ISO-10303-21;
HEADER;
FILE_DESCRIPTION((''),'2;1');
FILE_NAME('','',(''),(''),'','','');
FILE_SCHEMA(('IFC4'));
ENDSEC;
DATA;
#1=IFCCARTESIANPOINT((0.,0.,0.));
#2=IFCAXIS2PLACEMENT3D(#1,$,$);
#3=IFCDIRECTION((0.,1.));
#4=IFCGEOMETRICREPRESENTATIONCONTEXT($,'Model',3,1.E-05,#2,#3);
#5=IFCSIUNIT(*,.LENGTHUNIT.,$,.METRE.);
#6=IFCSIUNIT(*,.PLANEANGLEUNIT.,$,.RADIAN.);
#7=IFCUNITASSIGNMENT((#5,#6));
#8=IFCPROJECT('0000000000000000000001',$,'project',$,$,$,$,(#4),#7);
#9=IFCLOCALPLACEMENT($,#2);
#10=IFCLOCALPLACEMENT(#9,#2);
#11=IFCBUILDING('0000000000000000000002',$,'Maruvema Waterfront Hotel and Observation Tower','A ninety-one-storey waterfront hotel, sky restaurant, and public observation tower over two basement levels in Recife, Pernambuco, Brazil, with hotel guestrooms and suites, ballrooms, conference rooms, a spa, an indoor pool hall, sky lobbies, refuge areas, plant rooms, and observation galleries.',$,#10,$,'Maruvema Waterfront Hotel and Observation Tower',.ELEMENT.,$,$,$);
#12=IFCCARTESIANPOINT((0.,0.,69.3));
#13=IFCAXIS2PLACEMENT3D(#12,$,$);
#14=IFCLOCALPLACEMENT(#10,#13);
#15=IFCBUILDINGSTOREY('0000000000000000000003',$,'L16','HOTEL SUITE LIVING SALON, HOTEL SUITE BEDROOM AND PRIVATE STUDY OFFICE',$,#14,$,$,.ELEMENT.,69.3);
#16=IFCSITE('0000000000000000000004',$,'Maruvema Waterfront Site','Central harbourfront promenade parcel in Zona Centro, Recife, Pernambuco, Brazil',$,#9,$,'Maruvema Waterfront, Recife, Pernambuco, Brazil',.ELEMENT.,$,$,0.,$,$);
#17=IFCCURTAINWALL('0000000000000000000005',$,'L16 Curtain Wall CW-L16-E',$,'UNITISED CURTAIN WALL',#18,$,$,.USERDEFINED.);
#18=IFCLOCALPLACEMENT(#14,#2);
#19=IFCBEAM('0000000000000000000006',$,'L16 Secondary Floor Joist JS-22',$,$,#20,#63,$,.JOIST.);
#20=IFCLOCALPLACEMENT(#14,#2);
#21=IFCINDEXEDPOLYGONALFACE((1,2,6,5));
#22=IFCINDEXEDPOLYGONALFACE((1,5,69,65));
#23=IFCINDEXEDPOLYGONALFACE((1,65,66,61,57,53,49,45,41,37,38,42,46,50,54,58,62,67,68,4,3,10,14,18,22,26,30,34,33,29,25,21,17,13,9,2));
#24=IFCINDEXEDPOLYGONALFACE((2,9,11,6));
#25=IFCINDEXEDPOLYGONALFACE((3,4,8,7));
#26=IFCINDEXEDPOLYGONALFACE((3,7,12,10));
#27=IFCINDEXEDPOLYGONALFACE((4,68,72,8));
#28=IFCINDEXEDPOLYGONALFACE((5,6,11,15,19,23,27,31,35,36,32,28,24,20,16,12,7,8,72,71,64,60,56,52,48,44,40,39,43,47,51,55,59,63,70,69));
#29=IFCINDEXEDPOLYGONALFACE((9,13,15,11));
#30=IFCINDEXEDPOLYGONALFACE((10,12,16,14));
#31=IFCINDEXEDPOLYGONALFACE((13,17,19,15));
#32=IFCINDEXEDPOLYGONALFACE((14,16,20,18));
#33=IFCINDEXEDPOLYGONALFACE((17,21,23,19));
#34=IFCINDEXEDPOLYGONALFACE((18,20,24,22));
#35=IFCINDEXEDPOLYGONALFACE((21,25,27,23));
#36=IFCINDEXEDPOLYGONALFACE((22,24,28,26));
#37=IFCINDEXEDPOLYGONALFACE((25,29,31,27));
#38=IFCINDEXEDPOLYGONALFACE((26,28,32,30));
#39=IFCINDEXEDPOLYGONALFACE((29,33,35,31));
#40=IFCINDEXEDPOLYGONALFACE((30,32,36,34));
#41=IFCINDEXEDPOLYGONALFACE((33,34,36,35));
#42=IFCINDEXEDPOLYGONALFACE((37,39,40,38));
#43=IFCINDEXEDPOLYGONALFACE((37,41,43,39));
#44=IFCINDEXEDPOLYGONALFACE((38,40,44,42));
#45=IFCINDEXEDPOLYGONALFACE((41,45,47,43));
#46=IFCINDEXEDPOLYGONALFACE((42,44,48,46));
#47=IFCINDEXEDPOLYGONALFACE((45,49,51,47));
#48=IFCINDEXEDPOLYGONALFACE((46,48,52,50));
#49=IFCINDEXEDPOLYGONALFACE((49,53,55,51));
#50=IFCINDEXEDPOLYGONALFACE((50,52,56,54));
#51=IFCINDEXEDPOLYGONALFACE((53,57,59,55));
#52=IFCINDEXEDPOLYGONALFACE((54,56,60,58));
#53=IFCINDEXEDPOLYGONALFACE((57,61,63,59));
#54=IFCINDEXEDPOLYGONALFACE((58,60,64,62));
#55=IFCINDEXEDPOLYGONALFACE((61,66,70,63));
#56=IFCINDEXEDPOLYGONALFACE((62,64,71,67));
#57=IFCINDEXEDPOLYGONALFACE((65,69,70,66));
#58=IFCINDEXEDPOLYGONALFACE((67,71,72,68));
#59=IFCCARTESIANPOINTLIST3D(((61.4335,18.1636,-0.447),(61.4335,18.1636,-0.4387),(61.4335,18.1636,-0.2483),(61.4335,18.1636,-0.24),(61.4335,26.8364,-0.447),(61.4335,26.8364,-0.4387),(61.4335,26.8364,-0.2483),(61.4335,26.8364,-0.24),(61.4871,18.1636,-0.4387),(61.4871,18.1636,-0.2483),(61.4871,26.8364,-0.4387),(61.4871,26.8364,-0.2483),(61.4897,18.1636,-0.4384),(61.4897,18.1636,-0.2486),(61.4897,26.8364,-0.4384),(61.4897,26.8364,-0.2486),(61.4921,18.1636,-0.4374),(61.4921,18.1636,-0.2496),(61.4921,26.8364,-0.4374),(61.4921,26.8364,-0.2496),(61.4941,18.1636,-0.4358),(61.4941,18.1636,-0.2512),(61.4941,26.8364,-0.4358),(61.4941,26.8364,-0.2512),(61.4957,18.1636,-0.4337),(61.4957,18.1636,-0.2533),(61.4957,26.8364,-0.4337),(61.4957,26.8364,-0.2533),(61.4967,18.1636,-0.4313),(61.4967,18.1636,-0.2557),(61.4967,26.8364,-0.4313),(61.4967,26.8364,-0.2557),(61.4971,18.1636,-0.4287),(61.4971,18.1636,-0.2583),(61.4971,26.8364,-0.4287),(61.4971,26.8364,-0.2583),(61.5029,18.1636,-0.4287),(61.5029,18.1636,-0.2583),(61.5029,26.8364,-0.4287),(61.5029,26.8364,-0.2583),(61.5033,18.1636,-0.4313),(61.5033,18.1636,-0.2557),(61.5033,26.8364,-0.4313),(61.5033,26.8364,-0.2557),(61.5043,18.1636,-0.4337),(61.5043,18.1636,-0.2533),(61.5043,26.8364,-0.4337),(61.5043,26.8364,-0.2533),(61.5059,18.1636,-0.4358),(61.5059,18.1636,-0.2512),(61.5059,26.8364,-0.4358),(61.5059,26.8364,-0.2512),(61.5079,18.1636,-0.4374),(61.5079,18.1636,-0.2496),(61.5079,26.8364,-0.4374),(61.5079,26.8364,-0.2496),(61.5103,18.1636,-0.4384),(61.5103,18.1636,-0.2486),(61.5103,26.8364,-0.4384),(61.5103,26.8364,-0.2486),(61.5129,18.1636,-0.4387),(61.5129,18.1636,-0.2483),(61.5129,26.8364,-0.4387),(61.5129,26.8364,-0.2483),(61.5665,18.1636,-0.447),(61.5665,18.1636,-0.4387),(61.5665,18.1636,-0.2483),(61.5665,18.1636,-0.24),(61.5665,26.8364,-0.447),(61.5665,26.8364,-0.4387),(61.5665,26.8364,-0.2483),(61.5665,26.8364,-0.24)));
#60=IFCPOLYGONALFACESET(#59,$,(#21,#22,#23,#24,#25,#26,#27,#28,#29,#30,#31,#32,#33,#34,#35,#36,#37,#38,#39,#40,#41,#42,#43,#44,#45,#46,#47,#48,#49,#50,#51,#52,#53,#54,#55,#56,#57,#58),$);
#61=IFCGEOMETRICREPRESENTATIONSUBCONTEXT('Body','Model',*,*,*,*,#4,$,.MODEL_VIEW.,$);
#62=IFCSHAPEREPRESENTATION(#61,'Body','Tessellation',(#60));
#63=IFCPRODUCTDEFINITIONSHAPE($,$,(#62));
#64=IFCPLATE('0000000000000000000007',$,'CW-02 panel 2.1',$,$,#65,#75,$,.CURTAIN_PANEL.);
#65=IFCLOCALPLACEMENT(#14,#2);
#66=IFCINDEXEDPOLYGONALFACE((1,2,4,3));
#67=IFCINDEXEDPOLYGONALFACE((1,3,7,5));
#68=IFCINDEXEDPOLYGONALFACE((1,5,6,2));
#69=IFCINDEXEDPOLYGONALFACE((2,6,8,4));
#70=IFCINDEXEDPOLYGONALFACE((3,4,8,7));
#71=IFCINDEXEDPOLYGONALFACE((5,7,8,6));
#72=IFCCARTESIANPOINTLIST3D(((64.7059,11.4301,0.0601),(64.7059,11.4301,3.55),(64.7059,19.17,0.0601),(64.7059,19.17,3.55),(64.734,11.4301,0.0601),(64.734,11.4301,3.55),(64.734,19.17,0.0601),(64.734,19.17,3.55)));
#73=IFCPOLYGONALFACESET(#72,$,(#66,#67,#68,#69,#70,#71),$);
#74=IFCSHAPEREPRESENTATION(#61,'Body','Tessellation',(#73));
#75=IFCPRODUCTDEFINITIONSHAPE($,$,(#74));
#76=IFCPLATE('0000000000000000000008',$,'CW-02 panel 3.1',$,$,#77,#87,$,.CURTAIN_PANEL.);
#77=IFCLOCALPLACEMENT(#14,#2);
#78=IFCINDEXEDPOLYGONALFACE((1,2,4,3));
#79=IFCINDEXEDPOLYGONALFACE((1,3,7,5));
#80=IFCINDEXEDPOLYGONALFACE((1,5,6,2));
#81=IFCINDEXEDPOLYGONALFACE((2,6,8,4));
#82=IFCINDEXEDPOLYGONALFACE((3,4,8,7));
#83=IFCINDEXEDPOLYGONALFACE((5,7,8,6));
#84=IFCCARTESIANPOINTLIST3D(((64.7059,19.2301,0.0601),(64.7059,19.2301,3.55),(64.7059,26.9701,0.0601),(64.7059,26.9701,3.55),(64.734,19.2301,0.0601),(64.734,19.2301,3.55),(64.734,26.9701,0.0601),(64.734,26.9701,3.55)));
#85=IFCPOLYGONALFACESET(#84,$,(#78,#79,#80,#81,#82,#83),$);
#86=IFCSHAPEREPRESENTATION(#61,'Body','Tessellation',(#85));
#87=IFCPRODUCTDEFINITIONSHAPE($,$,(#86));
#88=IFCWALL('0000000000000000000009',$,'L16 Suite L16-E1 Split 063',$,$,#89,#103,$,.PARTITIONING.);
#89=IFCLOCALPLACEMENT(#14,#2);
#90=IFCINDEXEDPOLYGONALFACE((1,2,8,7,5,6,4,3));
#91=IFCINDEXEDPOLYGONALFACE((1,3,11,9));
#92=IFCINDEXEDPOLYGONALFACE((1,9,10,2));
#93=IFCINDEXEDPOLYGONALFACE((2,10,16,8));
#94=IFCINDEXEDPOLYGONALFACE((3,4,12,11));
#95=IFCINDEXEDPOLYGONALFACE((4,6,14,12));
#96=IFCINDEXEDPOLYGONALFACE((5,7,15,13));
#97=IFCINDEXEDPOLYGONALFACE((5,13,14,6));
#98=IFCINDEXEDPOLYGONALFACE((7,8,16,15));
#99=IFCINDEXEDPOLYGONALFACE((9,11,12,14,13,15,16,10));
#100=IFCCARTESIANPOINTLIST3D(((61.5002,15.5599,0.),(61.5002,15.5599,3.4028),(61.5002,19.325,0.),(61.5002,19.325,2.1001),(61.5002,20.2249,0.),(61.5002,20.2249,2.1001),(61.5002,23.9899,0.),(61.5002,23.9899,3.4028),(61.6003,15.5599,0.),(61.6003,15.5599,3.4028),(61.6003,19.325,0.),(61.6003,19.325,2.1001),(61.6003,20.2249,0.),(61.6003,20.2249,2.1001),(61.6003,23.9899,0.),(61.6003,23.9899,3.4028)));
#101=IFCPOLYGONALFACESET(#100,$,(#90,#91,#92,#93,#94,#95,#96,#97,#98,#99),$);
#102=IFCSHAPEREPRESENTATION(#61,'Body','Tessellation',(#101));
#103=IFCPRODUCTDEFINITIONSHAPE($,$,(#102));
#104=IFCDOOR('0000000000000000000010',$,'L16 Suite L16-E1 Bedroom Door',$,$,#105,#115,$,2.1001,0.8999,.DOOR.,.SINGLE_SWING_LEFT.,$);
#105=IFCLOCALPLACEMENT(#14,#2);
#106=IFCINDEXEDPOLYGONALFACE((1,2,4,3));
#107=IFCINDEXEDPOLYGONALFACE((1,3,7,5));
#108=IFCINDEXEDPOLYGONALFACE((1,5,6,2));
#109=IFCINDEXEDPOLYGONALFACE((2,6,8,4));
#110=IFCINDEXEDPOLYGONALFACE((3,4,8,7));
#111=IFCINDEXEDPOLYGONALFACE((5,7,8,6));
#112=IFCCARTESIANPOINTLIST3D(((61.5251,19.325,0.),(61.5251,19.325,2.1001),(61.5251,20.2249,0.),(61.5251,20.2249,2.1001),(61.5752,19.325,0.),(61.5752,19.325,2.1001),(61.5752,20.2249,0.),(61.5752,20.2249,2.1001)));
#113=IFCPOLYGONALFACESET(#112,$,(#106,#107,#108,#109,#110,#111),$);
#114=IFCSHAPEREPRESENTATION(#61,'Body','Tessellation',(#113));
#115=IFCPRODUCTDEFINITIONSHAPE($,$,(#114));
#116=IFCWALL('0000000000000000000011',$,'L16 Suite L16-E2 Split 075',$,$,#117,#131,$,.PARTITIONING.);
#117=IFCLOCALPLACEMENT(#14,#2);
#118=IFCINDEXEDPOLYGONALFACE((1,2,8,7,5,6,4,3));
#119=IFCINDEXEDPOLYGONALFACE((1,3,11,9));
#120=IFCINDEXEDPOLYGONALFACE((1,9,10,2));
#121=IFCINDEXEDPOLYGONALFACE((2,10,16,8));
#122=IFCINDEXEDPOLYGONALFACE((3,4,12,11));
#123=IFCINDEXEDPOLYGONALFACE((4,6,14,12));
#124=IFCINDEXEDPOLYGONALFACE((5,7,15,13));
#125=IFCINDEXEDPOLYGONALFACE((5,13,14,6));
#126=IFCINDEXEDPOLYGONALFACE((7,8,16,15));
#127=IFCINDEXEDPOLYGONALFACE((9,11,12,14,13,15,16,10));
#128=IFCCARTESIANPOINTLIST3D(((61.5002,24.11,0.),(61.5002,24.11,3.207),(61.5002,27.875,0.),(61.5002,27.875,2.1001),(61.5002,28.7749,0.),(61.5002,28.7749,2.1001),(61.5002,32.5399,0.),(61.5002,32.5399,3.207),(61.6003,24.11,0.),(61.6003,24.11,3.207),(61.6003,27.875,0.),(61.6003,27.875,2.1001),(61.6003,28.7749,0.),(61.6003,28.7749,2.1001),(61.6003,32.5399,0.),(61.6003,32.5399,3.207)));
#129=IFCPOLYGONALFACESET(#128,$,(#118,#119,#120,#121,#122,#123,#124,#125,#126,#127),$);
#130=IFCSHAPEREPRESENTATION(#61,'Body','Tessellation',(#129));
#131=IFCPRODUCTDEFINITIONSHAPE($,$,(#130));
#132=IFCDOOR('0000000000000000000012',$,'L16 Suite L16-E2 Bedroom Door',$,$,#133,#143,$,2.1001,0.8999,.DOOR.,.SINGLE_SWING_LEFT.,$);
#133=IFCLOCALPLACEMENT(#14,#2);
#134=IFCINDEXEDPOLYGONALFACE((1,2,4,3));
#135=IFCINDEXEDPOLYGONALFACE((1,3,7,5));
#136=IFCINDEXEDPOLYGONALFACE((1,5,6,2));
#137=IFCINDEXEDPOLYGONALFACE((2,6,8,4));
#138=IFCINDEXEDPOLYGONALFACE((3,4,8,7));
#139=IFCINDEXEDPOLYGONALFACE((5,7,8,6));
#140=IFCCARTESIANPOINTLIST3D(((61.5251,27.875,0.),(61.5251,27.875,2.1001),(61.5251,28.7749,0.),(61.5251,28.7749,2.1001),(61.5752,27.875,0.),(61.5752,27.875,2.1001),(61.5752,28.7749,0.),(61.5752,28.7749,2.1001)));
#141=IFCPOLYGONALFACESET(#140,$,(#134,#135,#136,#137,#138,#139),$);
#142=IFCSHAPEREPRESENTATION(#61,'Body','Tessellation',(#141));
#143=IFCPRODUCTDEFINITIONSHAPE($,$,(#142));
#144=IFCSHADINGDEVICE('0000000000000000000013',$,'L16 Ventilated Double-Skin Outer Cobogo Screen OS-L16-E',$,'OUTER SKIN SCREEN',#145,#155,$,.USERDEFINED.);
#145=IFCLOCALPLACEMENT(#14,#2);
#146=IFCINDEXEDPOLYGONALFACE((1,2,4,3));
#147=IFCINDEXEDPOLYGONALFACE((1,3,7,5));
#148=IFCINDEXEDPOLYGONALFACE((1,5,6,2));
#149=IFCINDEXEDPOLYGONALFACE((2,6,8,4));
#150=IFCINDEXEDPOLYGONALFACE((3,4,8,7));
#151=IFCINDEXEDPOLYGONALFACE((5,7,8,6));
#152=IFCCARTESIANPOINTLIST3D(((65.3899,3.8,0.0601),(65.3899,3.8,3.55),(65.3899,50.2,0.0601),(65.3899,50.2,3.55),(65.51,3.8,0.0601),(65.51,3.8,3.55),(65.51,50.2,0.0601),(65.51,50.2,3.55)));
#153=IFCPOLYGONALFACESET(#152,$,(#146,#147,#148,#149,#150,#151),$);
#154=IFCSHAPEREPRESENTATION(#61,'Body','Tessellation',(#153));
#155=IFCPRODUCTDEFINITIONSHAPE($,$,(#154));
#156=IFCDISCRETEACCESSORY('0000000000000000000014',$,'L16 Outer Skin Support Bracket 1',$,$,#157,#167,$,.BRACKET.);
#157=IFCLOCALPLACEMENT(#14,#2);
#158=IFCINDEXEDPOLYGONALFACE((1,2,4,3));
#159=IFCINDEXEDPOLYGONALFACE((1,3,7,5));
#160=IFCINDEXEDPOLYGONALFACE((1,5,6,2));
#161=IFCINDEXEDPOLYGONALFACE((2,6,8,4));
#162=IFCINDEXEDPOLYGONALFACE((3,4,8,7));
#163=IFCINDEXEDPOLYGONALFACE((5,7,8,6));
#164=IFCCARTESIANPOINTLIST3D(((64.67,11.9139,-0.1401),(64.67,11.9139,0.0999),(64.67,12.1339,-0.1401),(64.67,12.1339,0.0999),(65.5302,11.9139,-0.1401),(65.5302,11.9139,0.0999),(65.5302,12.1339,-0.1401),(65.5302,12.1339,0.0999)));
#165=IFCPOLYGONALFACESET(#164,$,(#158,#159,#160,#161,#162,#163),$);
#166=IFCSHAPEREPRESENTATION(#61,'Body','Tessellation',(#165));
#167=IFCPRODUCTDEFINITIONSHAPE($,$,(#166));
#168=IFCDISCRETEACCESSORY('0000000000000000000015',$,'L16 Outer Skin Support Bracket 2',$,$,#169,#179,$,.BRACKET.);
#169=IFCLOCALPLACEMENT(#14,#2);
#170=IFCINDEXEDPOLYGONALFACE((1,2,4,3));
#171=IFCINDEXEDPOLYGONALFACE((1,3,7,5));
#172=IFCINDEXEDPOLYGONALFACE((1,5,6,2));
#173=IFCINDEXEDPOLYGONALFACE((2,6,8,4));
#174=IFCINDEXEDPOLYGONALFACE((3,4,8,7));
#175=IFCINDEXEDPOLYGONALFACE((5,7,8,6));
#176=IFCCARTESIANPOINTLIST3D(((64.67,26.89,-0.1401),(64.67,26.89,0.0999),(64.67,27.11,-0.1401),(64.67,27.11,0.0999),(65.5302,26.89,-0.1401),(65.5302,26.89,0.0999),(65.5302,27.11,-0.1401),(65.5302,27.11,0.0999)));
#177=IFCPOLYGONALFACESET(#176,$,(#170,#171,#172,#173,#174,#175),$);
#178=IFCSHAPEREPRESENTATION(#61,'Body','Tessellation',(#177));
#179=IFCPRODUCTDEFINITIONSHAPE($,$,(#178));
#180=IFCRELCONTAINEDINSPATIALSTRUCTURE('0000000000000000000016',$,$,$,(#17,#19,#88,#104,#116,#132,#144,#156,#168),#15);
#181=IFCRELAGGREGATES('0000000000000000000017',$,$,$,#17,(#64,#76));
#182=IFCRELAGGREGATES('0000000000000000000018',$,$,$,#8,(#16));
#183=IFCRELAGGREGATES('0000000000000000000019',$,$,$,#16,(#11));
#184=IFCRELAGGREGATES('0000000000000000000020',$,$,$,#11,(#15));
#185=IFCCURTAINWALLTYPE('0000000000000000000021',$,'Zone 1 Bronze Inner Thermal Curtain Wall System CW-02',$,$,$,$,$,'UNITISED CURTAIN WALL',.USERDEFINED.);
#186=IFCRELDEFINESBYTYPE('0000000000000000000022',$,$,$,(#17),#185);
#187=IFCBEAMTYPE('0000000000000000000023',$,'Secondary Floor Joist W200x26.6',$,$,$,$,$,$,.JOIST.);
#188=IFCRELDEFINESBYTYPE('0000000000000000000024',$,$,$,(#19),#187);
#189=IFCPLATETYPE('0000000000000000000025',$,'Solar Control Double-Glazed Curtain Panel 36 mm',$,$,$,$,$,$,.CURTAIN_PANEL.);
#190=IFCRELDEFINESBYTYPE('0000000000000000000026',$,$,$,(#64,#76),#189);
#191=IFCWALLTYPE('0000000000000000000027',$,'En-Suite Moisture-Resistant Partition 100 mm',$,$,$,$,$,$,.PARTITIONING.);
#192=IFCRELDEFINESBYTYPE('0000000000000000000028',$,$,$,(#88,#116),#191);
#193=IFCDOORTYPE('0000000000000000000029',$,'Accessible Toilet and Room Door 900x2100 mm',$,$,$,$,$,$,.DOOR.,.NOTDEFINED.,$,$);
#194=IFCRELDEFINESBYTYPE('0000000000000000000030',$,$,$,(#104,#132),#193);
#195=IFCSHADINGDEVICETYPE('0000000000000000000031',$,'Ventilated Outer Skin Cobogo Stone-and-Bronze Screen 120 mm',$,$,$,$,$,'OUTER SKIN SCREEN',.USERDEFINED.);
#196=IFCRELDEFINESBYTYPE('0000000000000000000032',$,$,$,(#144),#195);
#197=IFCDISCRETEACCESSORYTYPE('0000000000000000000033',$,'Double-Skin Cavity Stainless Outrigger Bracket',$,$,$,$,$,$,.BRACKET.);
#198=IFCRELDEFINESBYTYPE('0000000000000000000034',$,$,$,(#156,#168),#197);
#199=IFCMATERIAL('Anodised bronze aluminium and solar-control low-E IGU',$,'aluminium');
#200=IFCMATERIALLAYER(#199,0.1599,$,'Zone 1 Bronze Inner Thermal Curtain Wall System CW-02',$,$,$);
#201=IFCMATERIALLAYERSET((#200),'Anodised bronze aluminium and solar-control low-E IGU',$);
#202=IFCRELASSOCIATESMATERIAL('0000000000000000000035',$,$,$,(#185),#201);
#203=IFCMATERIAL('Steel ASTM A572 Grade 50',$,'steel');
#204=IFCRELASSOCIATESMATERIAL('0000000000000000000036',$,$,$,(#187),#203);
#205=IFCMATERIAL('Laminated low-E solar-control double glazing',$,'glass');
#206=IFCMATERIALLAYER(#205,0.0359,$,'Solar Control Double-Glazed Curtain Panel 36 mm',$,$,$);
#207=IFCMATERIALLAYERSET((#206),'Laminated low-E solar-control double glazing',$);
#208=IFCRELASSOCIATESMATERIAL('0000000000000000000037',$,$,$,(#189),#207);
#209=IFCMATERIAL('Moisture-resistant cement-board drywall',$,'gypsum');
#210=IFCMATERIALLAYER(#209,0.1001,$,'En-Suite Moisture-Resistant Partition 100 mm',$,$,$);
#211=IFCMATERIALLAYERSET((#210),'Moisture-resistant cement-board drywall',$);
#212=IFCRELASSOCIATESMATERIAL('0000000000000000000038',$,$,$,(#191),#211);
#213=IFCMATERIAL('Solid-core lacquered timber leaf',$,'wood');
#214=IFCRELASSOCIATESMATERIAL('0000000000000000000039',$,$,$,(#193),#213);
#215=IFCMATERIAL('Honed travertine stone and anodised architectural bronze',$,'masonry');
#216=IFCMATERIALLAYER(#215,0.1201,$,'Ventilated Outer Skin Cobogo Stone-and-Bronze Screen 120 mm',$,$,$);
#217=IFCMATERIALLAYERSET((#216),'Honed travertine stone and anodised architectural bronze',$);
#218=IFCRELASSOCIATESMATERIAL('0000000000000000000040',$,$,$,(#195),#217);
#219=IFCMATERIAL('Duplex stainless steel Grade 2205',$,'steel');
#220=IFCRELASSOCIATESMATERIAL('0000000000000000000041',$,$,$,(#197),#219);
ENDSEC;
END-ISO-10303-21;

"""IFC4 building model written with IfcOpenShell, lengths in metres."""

from ifc_helpers import new_model, si_unit, direction, frame, frame_2d, origin, origin_2d, place, context, subcontext, project, spatial, rectangle, i_section, extrude, material, layer, layer_set, material_profile, profile_set, type_object, element, fill, aggregate, save


model = new_model("IFC4")

# Units and contexts
model_context = context("Model", 3, precision=1e-05, world=origin(), true_north=direction((0.0, 1.0)))
body_context = subcontext(model_context, "Body", "Model", "MODEL_VIEW")
ifc_project = project(units=[si_unit("LENGTHUNIT", "METRE"), si_unit("PLANEANGLEUNIT", "RADIAN")], contexts=[model_context])

# Site, building, storey
site_placement = place(None, origin())
site = spatial("IfcSite", under=ifc_project, at=site_placement, Name="Maruvema Waterfront Site", Description="Central harbourfront promenade parcel in Zona Centro, Recife, Pernambuco, Brazil", LongName="Maruvema Waterfront, Recife, Pernambuco, Brazil", CompositionType="ELEMENT", RefElevation=0.0)
building_placement = place(site_placement, origin())
building = spatial("IfcBuilding", under=site, at=building_placement, Name="Maruvema Waterfront Hotel and Observation Tower", Description="A ninety-one-storey waterfront hotel, sky restaurant, and public observation tower over two basement levels in Recife, Pernambuco, Brazil, with hotel guestrooms and suites, ballrooms, conference rooms, a spa, an indoor pool hall, sky lobbies, refuge areas, plant rooms, and observation galleries.", LongName="Maruvema Waterfront Hotel and Observation Tower", CompositionType="ELEMENT")
storey_placement = place(building_placement, frame((0.0, 0.0, 69.3)))
storey = spatial("IfcBuildingStorey", under=building, at=storey_placement, Name="L16", Description="HOTEL SUITE LIVING SALON, HOTEL SUITE BEDROOM AND PRIVATE STUDY OFFICE", CompositionType="ELEMENT", Elevation=69.3)

# Curtain wall
ifc_material_1 = material(Name="Anodised bronze aluminium and solar-control low-E IGU", Category="aluminium")
ifc_layer_1 = layer(ifc_material_1, 0.1599, Name="Zone 1 Bronze Inner Thermal Curtain Wall System CW-02")
ifc_layer_set_1 = layer_set([ifc_layer_1], Name="Anodised bronze aluminium and solar-control low-E IGU")
curtain_wall_type = type_object("IfcCurtainWallType", Name="Zone 1 Bronze Inner Thermal Curtain Wall System CW-02", ElementType="UNITISED CURTAIN WALL", PredefinedType="USERDEFINED", material=ifc_layer_set_1)
curtain_wall_placement = place(storey_placement, origin())
curtain_wall = element("IfcCurtainWall", 1, at=curtain_wall_placement, inside=storey, type_object=curtain_wall_type, Name="L16 Curtain Wall CW-L16-E", ObjectType="UNITISED CURTAIN WALL", PredefinedType="USERDEFINED")

# Beam
ifc_material_2 = material(Name="Steel ASTM A572 Grade 50", Category="steel")
ifc_material_profile_1 = material_profile(ifc_material_2, i_section(OverallWidth=0.1331, OverallDepth=0.207, WebThickness=0.0059, FlangeThickness=0.0083, FilletRadius=0.01, at=origin_2d()), Name="W200x26.6")
ifc_profile_set_1 = profile_set([ifc_material_profile_1], Name="Steel ASTM A572 Grade 50")
beam_type_1 = type_object("IfcBeamType", Name="Secondary Floor Joist W200x26.6", PredefinedType="JOIST", material=ifc_profile_set_1)
beam_1_placement = place(storey_placement, frame((61.5, 18.1636, -0.3435), z_axis=(0.0, 1.0, 0.0), x_axis=(-1.0, 0.0, 0.0)))
element("IfcBeam", 2, at=beam_1_placement, inside=storey, type_object=beam_type_1, Name="L16 Secondary Floor Joist JS-22", PredefinedType="JOIST", context=body_context, shape_type="SweptSolid", body=[
    extrude(i_section(OverallWidth=0.1331, OverallDepth=0.207, WebThickness=0.0059, FlangeThickness=0.0083, FilletRadius=0.01, at=origin_2d()), origin(), (0.0, 0.0, 1.0), 8.6729),
])

# Plates
ifc_material_3 = material(Name="Laminated low-E solar-control double glazing", Category="glass")
ifc_layer_2 = layer(ifc_material_3, 0.0359, Name="Solar Control Double-Glazed Curtain Panel 36 mm")
ifc_layer_set_2 = layer_set([ifc_layer_2], Name="Laminated low-E solar-control double glazing")
plate_type = type_object("IfcPlateType", Name="Solar Control Double-Glazed Curtain Panel 36 mm", PredefinedType="CURTAIN_PANEL", material=ifc_layer_set_2)
plate_1_placement = place(storey_placement, frame((64.72, 15.3, 0.0601), z_axis=(0.0, 0.0, 1.0), x_axis=(0.0, 1.0, 0.0)))
plate_1 = element("IfcPlate", 3, at=plate_1_placement, type_object=plate_type, Name="CW-02 panel 2.1", PredefinedType="CURTAIN_PANEL", context=body_context, shape_type="SweptSolid", body=[
    extrude(rectangle(XDim=7.74, YDim=0.0281, at=origin_2d()), origin(), (0.0, 0.0, 1.0), 3.49),
])
plate_2_placement = place(storey_placement, frame((64.72, 23.1001, 0.0601), z_axis=(0.0, 0.0, 1.0), x_axis=(0.0, 1.0, 0.0)))
plate_2 = element("IfcPlate", 4, at=plate_2_placement, type_object=plate_type, Name="CW-02 panel 3.1", PredefinedType="CURTAIN_PANEL", context=body_context, shape_type="SweptSolid", body=[
    extrude(rectangle(XDim=7.74, YDim=0.0281, at=origin_2d()), origin(), (0.0, 0.0, 1.0), 3.49),
])
aggregate(curtain_wall, [plate_1, plate_2])

# Walls, openings, doors
ifc_material_4 = material(Name="Moisture-resistant cement-board drywall", Category="gypsum")
ifc_layer_3 = layer(ifc_material_4, 0.1001, Name="En-Suite Moisture-Resistant Partition 100 mm")
ifc_layer_set_3 = layer_set([ifc_layer_3], Name="Moisture-resistant cement-board drywall")
wall_type = type_object("IfcWallType", Name="En-Suite Moisture-Resistant Partition 100 mm", PredefinedType="PARTITIONING", material=ifc_layer_set_3)
wall_1_placement = place(storey_placement, frame((61.5503, 15.5601, 0.0), z_axis=(0.0, 0.0, 1.0), x_axis=(0.0, 1.0, 0.0)))
wall_1 = element("IfcWall", 5, at=wall_1_placement, inside=storey, type_object=wall_type, Name="L16 Suite L16-E1 Split 063", PredefinedType="PARTITIONING", context=body_context, shape_type="SweptSolid", body=[
    extrude(rectangle(XDim=8.4299, YDim=0.1001, at=frame_2d((4.2148, 0.0))), origin(), (0.0, 0.0, 1.0), 3.4028),
])
opening_1_placement = place(wall_1_placement, frame((3.7649, 0.0, 0.0)))
opening_1 = element("IfcOpeningElement", 6, at=opening_1_placement, cuts=wall_1, PredefinedType="OPENING", context=body_context, shape_type="SweptSolid", body=[
    extrude(rectangle(XDim=0.8999, YDim=2.1001, at=frame_2d((0.45, 1.05))), frame((0.0, 0.0601, 0.0), z_axis=(0.0, -1.0, 0.0), x_axis=(1.0, 0.0, 0.0)), (0.0, 0.0, 1.0), 0.1201),
])
ifc_material_5 = material(Name="Solid-core lacquered timber leaf", Category="wood")
door_type = type_object("IfcDoorType", Name="Accessible Toilet and Room Door 900x2100 mm", OperationType="NOTDEFINED", PredefinedType="DOOR", material=ifc_material_5)
door_1_placement = place(opening_1_placement, frame((0.8999, 0.0, 0.0), z_axis=(0.0, 0.0, 1.0), x_axis=(-1.0, 0.0, 0.0)))
door_1 = element("IfcDoor", 7, at=door_1_placement, inside=storey, type_object=door_type, Name="L16 Suite L16-E1 Bedroom Door", OperationType="SINGLE_SWING_LEFT", OverallHeight=2.1001, OverallWidth=0.8999, PredefinedType="DOOR", context=body_context, shape_type="SweptSolid", body=[
    extrude(rectangle(XDim=0.8999, YDim=2.1001, at=frame_2d((0.45, 1.05))), frame((0.0, 0.0249, 0.0), z_axis=(0.0, -1.0, 0.0), x_axis=(1.0, 0.0, 0.0)), (0.0, 0.0, 1.0), 0.05),
])
fill(opening_1, door_1)
wall_2_placement = place(storey_placement, frame((61.5503, 24.1101, 0.0), z_axis=(0.0, 0.0, 1.0), x_axis=(0.0, 1.0, 0.0)))
wall_2 = element("IfcWall", 8, at=wall_2_placement, inside=storey, type_object=wall_type, Name="L16 Suite L16-E2 Split 075", PredefinedType="PARTITIONING", context=body_context, shape_type="SweptSolid", body=[
    extrude(rectangle(XDim=8.4299, YDim=0.1001, at=frame_2d((4.2148, 0.0))), origin(), (0.0, 0.0, 1.0), 3.207),
])
opening_2_placement = place(wall_2_placement, frame((3.7649, 0.0, 0.0)))
opening_2 = element("IfcOpeningElement", 9, at=opening_2_placement, cuts=wall_2, PredefinedType="OPENING", context=body_context, shape_type="SweptSolid", body=[
    extrude(rectangle(XDim=0.8999, YDim=2.1001, at=frame_2d((0.45, 1.05))), frame((0.0, 0.0601, 0.0), z_axis=(0.0, -1.0, 0.0), x_axis=(1.0, 0.0, 0.0)), (0.0, 0.0, 1.0), 0.1201),
])
door_2_placement = place(opening_2_placement, frame((0.8999, 0.0, 0.0), z_axis=(0.0, 0.0, 1.0), x_axis=(-1.0, 0.0, 0.0)))
door_2 = element("IfcDoor", 10, at=door_2_placement, inside=storey, type_object=door_type, Name="L16 Suite L16-E2 Bedroom Door", OperationType="SINGLE_SWING_LEFT", OverallHeight=2.1001, OverallWidth=0.8999, PredefinedType="DOOR", context=body_context, shape_type="SweptSolid", body=[
    extrude(rectangle(XDim=0.8999, YDim=2.1001, at=frame_2d((0.45, 1.05))), frame((0.0, 0.0249, 0.0), z_axis=(0.0, -1.0, 0.0), x_axis=(1.0, 0.0, 0.0)), (0.0, 0.0, 1.0), 0.05),
])
fill(opening_2, door_2)

# Shading device
ifc_material_6 = material(Name="Honed travertine stone and anodised architectural bronze", Category="masonry")
ifc_layer_4 = layer(ifc_material_6, 0.1201, Name="Ventilated Outer Skin Cobogo Stone-and-Bronze Screen 120 mm")
ifc_layer_set_4 = layer_set([ifc_layer_4], Name="Honed travertine stone and anodised architectural bronze")
shading_device_type = type_object("IfcShadingDeviceType", Name="Ventilated Outer Skin Cobogo Stone-and-Bronze Screen 120 mm", ElementType="OUTER SKIN SCREEN", PredefinedType="USERDEFINED", material=ifc_layer_set_4)
shading_device_placement = place(storey_placement, frame((65.45, 27.0, 0.0601), z_axis=(0.0, 0.0, 1.0), x_axis=(0.0, 1.0, 0.0)))
element("IfcShadingDevice", 11, at=shading_device_placement, inside=storey, type_object=shading_device_type, Name="L16 Ventilated Double-Skin Outer Cobogo Screen OS-L16-E", ObjectType="OUTER SKIN SCREEN", PredefinedType="USERDEFINED", context=body_context, shape_type="SweptSolid", body=[
    extrude(rectangle(XDim=46.3999, YDim=0.1201, at=origin_2d()), origin(), (0.0, 0.0, 1.0), 3.49),
])

# Discrete accessories
ifc_material_7 = material(Name="Duplex stainless steel Grade 2205", Category="steel")
discrete_accessory_type = type_object("IfcDiscreteAccessoryType", Name="Double-Skin Cavity Stainless Outrigger Bracket", PredefinedType="BRACKET", material=ifc_material_7)
for number, where, z_axis, x_axis, name in (
    (12, (65.1001, 12.0239, -0.1401), (0.0, 0.0, 1.0), (0.0, 1.0, 0.0), "L16 Outer Skin Support Bracket 1"),
    (13, (65.1001, 27.0, -0.1401), (0.0, 0.0, 1.0), (0.0, 1.0, 0.0), "L16 Outer Skin Support Bracket 2"),
):
    element("IfcDiscreteAccessory", number, at=place(storey_placement, frame(where, z_axis=z_axis, x_axis=x_axis)), inside=storey, type_object=discrete_accessory_type, Name=name, PredefinedType="BRACKET", context=body_context, shape_type="SweptSolid", body=[
        extrude(rectangle(XDim=0.22, YDim=0.8601, at=origin_2d()), origin(), (0.0, 0.0, 1.0), 0.24),
    ])

save(model, "model.ifc")
